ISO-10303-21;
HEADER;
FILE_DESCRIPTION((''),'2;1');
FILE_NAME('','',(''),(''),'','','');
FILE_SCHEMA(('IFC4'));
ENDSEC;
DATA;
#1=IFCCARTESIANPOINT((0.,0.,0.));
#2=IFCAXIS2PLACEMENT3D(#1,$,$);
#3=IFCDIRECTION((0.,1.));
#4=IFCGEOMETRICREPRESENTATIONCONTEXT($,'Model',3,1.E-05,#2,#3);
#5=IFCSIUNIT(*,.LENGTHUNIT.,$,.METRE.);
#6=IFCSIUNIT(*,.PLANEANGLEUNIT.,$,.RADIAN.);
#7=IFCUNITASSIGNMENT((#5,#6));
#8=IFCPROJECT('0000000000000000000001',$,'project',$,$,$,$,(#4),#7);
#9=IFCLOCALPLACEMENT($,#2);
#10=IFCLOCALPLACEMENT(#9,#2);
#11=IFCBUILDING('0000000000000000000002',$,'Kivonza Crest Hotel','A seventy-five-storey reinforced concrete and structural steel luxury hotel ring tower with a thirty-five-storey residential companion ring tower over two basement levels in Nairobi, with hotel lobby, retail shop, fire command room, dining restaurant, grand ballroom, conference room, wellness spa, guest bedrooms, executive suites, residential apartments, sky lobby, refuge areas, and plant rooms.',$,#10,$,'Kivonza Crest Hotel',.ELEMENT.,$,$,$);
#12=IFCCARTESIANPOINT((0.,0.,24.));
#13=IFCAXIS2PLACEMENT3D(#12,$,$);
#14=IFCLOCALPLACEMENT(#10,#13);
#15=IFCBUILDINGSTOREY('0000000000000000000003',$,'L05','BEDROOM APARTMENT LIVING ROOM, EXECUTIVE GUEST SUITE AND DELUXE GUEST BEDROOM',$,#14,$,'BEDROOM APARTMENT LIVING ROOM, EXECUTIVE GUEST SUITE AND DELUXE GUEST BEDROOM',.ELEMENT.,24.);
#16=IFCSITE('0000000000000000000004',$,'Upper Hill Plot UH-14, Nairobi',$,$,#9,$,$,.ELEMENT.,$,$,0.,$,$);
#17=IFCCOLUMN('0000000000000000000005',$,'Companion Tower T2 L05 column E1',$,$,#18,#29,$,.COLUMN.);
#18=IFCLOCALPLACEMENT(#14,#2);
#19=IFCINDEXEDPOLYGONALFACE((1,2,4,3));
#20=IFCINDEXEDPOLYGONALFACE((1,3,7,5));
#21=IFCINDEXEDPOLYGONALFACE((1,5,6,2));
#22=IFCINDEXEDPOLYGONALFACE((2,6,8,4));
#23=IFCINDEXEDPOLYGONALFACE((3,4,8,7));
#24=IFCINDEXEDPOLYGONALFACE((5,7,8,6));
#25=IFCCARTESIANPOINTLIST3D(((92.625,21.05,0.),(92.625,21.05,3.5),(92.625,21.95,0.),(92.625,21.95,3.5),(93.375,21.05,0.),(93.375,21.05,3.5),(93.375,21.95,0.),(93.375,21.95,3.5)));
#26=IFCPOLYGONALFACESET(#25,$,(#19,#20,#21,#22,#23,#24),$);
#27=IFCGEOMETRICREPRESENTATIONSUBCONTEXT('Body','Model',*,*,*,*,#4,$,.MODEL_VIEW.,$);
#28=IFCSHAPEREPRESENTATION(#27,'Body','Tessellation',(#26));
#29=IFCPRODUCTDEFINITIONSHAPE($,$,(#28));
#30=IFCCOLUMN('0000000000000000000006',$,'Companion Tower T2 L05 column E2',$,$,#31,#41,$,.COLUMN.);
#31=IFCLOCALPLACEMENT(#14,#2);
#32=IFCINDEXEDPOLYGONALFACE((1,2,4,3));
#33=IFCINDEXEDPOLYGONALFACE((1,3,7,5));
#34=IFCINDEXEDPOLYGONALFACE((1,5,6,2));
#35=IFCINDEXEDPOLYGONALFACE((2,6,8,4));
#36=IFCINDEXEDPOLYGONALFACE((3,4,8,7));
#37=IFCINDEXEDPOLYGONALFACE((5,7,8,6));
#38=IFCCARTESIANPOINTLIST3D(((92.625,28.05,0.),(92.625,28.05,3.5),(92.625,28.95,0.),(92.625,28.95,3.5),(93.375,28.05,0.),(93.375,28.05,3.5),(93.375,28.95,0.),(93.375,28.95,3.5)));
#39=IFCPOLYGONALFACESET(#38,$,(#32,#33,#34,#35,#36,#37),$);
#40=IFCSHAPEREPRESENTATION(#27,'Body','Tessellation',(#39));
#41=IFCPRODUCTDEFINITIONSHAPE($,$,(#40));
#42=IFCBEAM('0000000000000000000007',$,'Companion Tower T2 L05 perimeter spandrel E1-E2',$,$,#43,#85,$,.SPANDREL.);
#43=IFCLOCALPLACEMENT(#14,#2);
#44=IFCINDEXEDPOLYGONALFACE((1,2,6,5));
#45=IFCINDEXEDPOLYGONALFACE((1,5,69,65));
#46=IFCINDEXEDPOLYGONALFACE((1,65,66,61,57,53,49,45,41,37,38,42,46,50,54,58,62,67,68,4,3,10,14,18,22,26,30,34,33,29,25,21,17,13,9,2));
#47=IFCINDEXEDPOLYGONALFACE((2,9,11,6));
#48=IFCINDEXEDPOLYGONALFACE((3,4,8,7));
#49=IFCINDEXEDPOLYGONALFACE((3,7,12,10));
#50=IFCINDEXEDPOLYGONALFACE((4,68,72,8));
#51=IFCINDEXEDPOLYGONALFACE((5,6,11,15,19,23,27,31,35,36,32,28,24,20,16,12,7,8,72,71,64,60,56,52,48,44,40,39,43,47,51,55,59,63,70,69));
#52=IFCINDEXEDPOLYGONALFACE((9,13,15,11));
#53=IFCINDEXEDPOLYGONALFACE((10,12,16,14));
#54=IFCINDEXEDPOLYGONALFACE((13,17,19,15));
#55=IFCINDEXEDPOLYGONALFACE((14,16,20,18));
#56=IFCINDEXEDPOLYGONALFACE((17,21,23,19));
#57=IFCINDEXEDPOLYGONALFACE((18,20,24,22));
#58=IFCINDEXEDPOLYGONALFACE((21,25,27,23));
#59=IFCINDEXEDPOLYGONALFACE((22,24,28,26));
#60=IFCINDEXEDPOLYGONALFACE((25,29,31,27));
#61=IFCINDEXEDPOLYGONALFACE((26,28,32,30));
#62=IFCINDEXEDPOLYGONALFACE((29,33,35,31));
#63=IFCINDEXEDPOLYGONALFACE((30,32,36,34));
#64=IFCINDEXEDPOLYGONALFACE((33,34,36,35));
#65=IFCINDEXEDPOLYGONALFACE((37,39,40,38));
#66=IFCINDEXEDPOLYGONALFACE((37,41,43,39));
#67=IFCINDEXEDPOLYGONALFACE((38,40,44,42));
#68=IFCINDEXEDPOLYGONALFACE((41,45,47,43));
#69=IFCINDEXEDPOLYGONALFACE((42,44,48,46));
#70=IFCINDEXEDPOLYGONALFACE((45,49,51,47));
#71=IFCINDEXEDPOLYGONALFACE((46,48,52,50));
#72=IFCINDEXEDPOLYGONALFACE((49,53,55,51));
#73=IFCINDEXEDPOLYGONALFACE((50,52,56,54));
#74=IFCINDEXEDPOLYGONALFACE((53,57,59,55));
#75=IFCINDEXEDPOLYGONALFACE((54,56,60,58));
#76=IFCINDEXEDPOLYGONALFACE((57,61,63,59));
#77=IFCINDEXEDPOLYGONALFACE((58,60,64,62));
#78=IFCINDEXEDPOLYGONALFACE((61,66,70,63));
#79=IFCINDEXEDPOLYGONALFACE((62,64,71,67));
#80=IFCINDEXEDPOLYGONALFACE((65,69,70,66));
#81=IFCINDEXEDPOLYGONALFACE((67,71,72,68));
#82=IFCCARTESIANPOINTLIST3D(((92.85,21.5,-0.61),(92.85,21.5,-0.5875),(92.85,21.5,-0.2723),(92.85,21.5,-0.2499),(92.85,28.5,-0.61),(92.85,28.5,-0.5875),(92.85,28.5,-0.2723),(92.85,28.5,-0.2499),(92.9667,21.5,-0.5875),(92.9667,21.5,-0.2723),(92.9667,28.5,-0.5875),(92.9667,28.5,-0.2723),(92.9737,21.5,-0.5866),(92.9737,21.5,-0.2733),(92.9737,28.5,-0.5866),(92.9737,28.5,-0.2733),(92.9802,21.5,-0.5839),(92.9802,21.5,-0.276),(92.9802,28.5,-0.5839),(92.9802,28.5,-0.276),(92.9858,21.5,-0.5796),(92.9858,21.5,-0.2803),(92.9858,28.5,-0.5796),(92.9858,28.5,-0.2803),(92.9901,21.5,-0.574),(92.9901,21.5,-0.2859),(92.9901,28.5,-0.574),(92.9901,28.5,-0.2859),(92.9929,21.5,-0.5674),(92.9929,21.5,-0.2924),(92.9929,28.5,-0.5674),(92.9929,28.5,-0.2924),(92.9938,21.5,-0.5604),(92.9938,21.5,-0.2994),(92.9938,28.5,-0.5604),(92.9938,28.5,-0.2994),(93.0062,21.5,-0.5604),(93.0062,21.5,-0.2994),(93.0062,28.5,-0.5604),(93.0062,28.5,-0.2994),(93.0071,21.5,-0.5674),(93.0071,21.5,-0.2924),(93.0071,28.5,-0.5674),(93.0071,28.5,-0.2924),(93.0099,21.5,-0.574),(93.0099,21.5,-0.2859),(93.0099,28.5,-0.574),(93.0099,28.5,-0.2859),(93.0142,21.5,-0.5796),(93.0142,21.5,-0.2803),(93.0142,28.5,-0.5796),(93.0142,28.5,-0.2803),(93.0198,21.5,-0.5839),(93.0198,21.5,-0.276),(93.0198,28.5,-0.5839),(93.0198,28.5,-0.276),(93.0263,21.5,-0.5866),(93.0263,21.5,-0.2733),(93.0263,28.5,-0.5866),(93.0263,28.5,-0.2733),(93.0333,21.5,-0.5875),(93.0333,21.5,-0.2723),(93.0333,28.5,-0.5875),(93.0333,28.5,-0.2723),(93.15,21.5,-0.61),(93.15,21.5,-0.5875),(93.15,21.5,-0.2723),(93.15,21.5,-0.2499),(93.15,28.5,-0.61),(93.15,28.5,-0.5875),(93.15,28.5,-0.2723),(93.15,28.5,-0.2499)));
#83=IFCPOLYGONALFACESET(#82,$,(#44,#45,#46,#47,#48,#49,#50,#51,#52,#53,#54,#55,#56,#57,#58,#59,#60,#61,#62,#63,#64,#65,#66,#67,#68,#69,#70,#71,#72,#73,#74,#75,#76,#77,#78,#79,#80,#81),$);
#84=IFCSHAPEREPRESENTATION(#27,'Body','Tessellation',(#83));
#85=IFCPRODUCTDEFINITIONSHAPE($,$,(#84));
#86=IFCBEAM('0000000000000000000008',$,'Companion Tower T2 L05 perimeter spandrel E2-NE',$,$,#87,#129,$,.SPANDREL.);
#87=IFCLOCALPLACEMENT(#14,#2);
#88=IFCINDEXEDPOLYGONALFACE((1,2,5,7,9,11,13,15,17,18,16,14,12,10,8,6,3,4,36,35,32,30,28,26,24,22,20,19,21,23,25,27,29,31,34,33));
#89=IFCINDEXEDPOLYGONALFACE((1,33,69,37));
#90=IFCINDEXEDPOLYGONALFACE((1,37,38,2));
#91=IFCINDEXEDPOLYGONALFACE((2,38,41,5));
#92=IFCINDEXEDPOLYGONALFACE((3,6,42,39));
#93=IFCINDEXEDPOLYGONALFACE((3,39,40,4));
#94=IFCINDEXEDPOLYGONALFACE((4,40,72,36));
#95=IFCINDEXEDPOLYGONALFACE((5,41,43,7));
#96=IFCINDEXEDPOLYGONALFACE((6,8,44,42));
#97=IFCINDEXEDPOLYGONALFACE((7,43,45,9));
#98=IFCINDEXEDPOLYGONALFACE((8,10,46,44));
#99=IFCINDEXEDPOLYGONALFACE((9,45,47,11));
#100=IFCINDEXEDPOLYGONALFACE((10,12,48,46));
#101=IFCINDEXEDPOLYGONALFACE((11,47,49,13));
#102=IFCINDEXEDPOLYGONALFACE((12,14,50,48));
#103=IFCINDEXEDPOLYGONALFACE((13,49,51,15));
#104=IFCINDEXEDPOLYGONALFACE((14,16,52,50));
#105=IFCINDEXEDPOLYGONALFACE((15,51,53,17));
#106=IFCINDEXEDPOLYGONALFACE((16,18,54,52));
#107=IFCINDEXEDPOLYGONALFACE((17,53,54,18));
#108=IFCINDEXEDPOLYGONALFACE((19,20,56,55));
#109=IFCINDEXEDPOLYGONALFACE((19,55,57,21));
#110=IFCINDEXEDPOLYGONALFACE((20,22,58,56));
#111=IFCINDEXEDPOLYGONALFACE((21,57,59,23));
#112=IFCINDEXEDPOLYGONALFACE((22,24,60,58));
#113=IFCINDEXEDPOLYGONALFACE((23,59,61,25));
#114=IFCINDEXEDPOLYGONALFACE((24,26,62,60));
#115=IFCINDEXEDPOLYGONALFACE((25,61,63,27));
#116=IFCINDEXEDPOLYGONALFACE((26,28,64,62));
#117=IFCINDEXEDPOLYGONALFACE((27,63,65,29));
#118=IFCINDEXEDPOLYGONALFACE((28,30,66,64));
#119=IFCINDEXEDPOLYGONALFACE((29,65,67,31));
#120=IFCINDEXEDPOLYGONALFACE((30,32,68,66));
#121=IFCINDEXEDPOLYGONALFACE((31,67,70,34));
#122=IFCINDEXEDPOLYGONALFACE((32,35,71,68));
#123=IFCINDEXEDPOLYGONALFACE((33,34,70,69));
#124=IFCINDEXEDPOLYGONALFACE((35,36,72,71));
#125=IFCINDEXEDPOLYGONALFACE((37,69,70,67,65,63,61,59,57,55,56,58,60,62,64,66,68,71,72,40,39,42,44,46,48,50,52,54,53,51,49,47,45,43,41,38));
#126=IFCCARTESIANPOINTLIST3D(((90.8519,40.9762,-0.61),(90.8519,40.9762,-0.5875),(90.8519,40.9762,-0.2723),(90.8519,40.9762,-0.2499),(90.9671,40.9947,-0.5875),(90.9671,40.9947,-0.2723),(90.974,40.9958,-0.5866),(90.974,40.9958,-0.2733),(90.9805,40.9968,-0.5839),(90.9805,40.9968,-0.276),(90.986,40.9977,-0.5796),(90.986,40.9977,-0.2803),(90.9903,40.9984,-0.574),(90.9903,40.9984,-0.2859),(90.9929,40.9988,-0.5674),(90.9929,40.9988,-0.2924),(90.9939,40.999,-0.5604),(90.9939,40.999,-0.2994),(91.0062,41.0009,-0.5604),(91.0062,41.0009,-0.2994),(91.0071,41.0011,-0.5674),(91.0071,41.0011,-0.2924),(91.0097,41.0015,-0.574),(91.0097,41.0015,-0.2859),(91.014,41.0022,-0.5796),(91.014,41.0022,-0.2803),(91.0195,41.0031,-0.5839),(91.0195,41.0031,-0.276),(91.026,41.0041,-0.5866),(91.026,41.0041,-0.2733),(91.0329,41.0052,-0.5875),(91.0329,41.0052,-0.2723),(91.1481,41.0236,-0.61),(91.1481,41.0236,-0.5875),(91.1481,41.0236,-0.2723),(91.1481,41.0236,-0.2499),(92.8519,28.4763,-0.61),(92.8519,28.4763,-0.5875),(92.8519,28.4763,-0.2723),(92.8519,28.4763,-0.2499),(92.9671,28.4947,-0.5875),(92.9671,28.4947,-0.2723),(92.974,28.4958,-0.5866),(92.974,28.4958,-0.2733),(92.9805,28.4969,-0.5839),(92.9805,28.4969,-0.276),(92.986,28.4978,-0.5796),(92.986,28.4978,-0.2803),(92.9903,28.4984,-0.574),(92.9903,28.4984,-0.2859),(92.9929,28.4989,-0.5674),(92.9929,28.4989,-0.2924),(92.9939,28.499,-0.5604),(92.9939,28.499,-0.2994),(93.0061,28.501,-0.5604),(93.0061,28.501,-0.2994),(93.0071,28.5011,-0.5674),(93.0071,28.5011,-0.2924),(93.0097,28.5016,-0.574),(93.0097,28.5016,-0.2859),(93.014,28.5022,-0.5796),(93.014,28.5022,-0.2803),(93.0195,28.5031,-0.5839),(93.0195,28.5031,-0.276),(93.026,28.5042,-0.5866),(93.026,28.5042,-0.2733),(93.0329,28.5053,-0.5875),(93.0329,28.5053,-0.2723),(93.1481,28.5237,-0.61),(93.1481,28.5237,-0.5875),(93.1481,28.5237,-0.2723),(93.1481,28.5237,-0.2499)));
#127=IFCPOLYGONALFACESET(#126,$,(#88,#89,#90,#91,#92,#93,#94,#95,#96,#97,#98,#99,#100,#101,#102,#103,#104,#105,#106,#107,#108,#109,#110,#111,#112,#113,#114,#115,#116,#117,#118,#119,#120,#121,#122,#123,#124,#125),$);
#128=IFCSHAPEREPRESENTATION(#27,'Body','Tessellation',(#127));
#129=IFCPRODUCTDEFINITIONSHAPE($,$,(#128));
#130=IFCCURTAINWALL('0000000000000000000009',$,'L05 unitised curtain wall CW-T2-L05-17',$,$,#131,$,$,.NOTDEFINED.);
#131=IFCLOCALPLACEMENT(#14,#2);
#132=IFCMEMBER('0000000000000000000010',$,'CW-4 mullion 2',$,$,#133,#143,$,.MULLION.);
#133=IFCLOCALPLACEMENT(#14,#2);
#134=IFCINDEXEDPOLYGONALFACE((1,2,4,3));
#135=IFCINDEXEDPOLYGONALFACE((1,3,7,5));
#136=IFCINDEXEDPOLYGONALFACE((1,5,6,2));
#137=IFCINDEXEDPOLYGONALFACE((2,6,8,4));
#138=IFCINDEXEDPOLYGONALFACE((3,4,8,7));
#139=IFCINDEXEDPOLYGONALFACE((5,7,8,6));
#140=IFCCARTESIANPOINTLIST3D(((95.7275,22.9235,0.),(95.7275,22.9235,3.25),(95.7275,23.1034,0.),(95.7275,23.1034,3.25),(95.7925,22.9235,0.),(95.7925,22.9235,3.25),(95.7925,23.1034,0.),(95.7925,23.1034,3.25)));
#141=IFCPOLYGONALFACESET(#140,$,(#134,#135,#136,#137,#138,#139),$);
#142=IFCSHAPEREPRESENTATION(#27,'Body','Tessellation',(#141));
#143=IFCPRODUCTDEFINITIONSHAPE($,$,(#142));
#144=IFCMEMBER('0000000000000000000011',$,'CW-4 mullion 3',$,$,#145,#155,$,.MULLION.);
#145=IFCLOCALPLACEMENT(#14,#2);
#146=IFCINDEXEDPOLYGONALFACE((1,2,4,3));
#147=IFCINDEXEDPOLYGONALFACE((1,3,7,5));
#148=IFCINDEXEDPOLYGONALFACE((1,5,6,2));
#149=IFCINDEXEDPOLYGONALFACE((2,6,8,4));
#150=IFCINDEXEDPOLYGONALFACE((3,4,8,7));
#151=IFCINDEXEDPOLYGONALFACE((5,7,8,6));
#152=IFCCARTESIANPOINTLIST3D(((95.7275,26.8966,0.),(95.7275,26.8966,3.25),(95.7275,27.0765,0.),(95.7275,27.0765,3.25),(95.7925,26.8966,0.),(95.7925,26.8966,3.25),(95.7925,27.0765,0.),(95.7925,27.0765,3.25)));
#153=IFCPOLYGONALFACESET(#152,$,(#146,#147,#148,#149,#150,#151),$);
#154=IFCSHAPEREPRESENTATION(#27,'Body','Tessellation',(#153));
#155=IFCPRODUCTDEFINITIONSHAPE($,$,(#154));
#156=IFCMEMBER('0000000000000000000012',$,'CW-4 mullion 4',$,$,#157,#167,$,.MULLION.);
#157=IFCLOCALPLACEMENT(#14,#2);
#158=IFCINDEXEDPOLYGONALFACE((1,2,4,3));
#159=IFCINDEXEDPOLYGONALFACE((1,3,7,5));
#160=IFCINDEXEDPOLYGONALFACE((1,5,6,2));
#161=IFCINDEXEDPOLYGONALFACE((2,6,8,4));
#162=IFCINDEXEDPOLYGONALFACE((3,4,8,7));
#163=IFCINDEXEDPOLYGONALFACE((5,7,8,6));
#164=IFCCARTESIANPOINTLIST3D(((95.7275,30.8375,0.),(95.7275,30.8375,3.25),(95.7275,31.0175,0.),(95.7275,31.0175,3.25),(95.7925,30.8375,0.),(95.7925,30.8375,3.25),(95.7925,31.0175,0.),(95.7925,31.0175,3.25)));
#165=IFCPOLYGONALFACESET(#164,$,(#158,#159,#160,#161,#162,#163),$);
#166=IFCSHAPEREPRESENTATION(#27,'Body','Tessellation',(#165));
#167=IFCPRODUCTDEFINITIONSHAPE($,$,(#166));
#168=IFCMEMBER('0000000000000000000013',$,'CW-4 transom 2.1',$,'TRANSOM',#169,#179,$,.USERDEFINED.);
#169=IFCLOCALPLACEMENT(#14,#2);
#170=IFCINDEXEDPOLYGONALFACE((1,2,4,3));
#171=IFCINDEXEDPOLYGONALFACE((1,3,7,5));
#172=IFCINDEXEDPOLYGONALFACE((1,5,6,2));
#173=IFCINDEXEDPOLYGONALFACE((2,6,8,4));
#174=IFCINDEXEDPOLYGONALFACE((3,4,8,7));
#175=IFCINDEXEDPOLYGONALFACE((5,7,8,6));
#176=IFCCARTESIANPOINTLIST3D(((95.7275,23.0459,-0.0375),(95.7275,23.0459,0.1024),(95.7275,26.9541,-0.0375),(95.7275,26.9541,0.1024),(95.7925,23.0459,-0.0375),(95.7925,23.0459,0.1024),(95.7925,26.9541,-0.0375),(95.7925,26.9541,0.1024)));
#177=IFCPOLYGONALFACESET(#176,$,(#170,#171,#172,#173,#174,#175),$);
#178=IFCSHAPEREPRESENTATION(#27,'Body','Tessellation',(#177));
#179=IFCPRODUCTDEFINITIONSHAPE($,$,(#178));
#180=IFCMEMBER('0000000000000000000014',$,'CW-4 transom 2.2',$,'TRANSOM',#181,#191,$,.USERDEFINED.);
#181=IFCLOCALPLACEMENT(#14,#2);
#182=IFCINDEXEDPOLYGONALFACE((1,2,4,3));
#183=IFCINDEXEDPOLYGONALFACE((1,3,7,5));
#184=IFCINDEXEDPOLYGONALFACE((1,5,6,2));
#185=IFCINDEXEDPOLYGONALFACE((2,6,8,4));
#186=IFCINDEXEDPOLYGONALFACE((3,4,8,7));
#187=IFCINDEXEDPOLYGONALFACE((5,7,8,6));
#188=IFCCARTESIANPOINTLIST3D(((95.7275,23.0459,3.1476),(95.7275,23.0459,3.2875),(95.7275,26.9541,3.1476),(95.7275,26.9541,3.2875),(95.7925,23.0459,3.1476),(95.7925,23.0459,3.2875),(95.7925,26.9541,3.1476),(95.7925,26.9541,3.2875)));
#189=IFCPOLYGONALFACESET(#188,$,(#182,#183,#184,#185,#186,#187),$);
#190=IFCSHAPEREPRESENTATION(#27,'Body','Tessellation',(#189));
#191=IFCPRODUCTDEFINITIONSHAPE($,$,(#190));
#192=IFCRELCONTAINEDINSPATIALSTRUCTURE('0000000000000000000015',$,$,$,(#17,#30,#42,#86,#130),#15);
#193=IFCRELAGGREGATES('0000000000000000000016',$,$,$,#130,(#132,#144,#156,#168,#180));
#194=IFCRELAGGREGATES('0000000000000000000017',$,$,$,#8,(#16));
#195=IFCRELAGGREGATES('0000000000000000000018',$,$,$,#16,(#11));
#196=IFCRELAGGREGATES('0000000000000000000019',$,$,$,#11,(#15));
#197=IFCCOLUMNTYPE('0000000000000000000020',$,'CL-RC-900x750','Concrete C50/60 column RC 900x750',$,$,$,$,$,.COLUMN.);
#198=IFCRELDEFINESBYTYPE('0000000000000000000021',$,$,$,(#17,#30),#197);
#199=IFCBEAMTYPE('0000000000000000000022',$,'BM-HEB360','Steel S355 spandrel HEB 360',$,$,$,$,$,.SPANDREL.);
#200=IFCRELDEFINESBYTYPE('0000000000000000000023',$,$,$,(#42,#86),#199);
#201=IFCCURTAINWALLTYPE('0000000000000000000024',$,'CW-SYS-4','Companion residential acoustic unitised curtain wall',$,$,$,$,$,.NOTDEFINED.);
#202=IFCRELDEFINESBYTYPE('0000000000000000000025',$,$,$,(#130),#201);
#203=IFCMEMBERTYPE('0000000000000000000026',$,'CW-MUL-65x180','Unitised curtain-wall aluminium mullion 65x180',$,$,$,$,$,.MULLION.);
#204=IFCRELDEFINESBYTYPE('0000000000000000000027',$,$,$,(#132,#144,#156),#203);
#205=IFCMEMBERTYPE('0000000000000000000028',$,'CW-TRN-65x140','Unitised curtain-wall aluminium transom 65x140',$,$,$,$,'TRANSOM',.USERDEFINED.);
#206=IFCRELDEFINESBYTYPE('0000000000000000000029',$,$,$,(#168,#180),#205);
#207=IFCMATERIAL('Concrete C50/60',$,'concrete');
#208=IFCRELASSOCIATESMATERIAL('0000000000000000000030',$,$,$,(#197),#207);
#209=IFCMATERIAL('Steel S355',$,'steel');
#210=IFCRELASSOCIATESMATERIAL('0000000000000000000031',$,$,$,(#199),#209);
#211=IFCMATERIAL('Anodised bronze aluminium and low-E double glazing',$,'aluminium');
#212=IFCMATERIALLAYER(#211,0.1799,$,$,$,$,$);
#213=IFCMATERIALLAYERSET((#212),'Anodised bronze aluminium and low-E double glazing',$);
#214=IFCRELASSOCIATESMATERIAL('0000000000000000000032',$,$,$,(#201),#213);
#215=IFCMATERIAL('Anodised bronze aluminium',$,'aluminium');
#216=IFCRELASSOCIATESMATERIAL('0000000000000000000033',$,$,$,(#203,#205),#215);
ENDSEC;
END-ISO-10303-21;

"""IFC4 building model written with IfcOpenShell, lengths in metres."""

from ifc_helpers import new_model, si_unit, direction, frame, origin, origin_2d, place, context, subcontext, project, spatial, rectangle, i_section, extrude, material, layer, layer_set, material_profile, profile_set, type_object, element, aggregate, save


model = new_model("IFC4")

# Units and contexts
model_context = context("Model", 3, precision=1e-05, world=origin(), true_north=direction((0.0, 1.0)))
body_context = subcontext(model_context, "Body", "Model", "MODEL_VIEW")
ifc_project = project(units=[si_unit("LENGTHUNIT", "METRE"), si_unit("PLANEANGLEUNIT", "RADIAN")], contexts=[model_context])

# Site, building, storey
site_placement = place(None, origin())
site = spatial("IfcSite", under=ifc_project, at=site_placement, Name="Upper Hill Plot UH-14, Nairobi", CompositionType="ELEMENT", RefElevation=0.0)
building_placement = place(site_placement, origin())
building = spatial("IfcBuilding", under=site, at=building_placement, Name="Kivonza Crest Hotel", Description="A seventy-five-storey reinforced concrete and structural steel luxury hotel ring tower with a thirty-five-storey residential companion ring tower over two basement levels in Nairobi, with hotel lobby, retail shop, fire command room, dining restaurant, grand ballroom, conference room, wellness spa, guest bedrooms, executive suites, residential apartments, sky lobby, refuge areas, and plant rooms.", LongName="Kivonza Crest Hotel", CompositionType="ELEMENT")
storey_placement = place(building_placement, frame((0.0, 0.0, 24.0)))
storey = spatial("IfcBuildingStorey", under=building, at=storey_placement, Name="L05", Description="BEDROOM APARTMENT LIVING ROOM, EXECUTIVE GUEST SUITE AND DELUXE GUEST BEDROOM", LongName="BEDROOM APARTMENT LIVING ROOM, EXECUTIVE GUEST SUITE AND DELUXE GUEST BEDROOM", CompositionType="ELEMENT", Elevation=24.0)

# Columns
ifc_material_1 = material(Name="Concrete C50/60", Category="concrete")
ifc_material_profile_1 = material_profile(ifc_material_1, rectangle(XDim=0.75, YDim=0.8999, at=origin_2d()), Name="RC 900x750")
ifc_profile_set_1 = profile_set([ifc_material_profile_1], Name="Concrete C50/60")
column_type = type_object("IfcColumnType", Name="CL-RC-900x750", Description="Concrete C50/60 column RC 900x750", PredefinedType="COLUMN", material=ifc_profile_set_1)
for number, where, z_axis, x_axis, name in (
    (1, (93.0, 21.5, 0.0), (0.0, 0.0, 1.0), (1.0, 0.0, 0.0), "Companion Tower T2 L05 column E1"),
    (2, (93.0, 28.5, 0.0), (0.0, 0.0, 1.0), (1.0, 0.0, 0.0), "Companion Tower T2 L05 column E2"),
):
    element("IfcColumn", number, at=place(storey_placement, frame(where, z_axis=z_axis, x_axis=x_axis)), inside=storey, type_object=column_type, Name=name, PredefinedType="COLUMN", context=body_context, shape_type="SweptSolid", body=[
        extrude(rectangle(XDim=0.75, YDim=0.8999, at=origin_2d()), origin(), (0.0, 0.0, 1.0), 3.5),
    ])

# Beams
ifc_material_2 = material(Name="Steel S355", Category="steel")
ifc_material_profile_2 = material_profile(ifc_material_2, i_section(OverallWidth=0.3, OverallDepth=0.3601, WebThickness=0.0125, FlangeThickness=0.0225, FilletRadius=0.0271, at=origin_2d()), Name="HEB 360")
ifc_profile_set_2 = profile_set([ifc_material_profile_2], Name="Steel S355")
beam_type = type_object("IfcBeamType", Name="BM-HEB360", Description="Steel S355 spandrel HEB 360", PredefinedType="SPANDREL", material=ifc_profile_set_2)
beam_1_placement = place(storey_placement, frame((93.0, 21.5, -0.4299), z_axis=(0.0, 1.0, 0.0), x_axis=(-1.0, 0.0, 0.0)))
element("IfcBeam", 3, at=beam_1_placement, inside=storey, type_object=beam_type, Name="Companion Tower T2 L05 perimeter spandrel E1-E2", PredefinedType="SPANDREL", context=body_context, shape_type="SweptSolid", body=[
    extrude(i_section(OverallWidth=0.3, OverallDepth=0.3601, WebThickness=0.0125, FlangeThickness=0.0225, FilletRadius=0.0271, at=origin_2d()), origin(), (0.0, 0.0, 1.0), 7.0),
])
beam_2_placement = place(storey_placement, frame((93.0, 28.5, -0.4299), z_axis=(-0.157991, 0.987441, 0.0), x_axis=(-0.987441, -0.157991, 0.0)))
element("IfcBeam", 4, at=beam_2_placement, inside=storey, type_object=beam_type, Name="Companion Tower T2 L05 perimeter spandrel E2-NE", PredefinedType="SPANDREL", context=body_context, shape_type="SweptSolid", body=[
    extrude(i_section(OverallWidth=0.3, OverallDepth=0.3601, WebThickness=0.0125, FlangeThickness=0.0225, FilletRadius=0.0271, at=origin_2d()), origin(), (0.0, 0.0, 1.0), 12.6589),
])

# Curtain wall, members
ifc_material_3 = material(Name="Anodised bronze aluminium and low-E double glazing", Category="aluminium")
ifc_layer_1 = layer(ifc_material_3, 0.1799)
ifc_layer_set_1 = layer_set([ifc_layer_1], Name="Anodised bronze aluminium and low-E double glazing")
curtain_wall_type = type_object("IfcCurtainWallType", Name="CW-SYS-4", Description="Companion residential acoustic unitised curtain wall", PredefinedType="NOTDEFINED", material=ifc_layer_set_1)
curtain_wall_placement = place(storey_placement, origin())
curtain_wall = element("IfcCurtainWall", 5, at=curtain_wall_placement, inside=storey, type_object=curtain_wall_type, Name="L05 unitised curtain wall CW-T2-L05-17", PredefinedType="NOTDEFINED")
ifc_material_4 = material(Name="Anodised bronze aluminium", Category="aluminium")
ifc_material_profile_3 = material_profile(ifc_material_4, rectangle(XDim=0.0649, YDim=0.1799, at=origin_2d()), Name="CW-M 65x180")
ifc_profile_set_3 = profile_set([ifc_material_profile_3], Name="Anodised bronze aluminium")
member_type_1 = type_object("IfcMemberType", Name="CW-MUL-65x180", Description="Unitised curtain-wall aluminium mullion 65x180", PredefinedType="MULLION", material=ifc_profile_set_3)
member_1_placement = place(storey_placement, frame((95.76, 23.0134, 0.0), z_axis=(0.0, 0.0, 1.0), x_axis=(-1.0, 0.0, 0.0)))
member_1 = element("IfcMember", 6, at=member_1_placement, type_object=member_type_1, Name="CW-4 mullion 2", PredefinedType="MULLION", context=body_context, shape_type="SweptSolid", body=[
    extrude(rectangle(XDim=0.0649, YDim=0.1799, at=origin_2d()), origin(), (0.0, 0.0, 1.0), 3.25),
])
member_2_placement = place(storey_placement, frame((95.76, 26.9866, 0.0), z_axis=(0.0, 0.0, 1.0), x_axis=(-1.0, 0.0, 0.0)))
member_2 = element("IfcMember", 7, at=member_2_placement, type_object=member_type_1, Name="CW-4 mullion 3", PredefinedType="MULLION", context=body_context, shape_type="SweptSolid", body=[
    extrude(rectangle(XDim=0.0649, YDim=0.1799, at=origin_2d()), origin(), (0.0, 0.0, 1.0), 3.25),
])
member_3_placement = place(storey_placement, frame((95.76, 30.9275, 0.0), z_axis=(0.0, 0.0, 1.0), x_axis=(-1.0, 0.0, 0.0)))
member_3 = element("IfcMember", 8, at=member_3_placement, type_object=member_type_1, Name="CW-4 mullion 4", PredefinedType="MULLION", context=body_context, shape_type="SweptSolid", body=[
    extrude(rectangle(XDim=0.0649, YDim=0.1799, at=origin_2d()), origin(), (0.0, 0.0, 1.0), 3.25),
])
ifc_material_profile_4 = material_profile(ifc_material_4, rectangle(XDim=0.0649, YDim=0.1399, at=origin_2d()), Name="CW-T 65x140")
ifc_profile_set_4 = profile_set([ifc_material_profile_4], Name="Anodised bronze aluminium")
member_type_2 = type_object("IfcMemberType", Name="CW-TRN-65x140", Description="Unitised curtain-wall aluminium transom 65x140", ElementType="TRANSOM", PredefinedType="USERDEFINED", material=ifc_profile_set_4)
member_4_placement = place(storey_placement, frame((95.76, 23.0459, 0.0325), z_axis=(0.0, 1.0, 0.0), x_axis=(-1.0, 0.0, 0.0)))
member_4 = element("IfcMember", 9, at=member_4_placement, type_object=member_type_2, Name="CW-4 transom 2.1", ObjectType="TRANSOM", PredefinedType="USERDEFINED", context=body_context, shape_type="SweptSolid", body=[
    extrude(rectangle(XDim=0.0649, YDim=0.1399, at=origin_2d()), origin(), (0.0, 0.0, 1.0), 3.9082),
])
member_5_placement = place(storey_placement, frame((95.76, 23.0459, 3.2175), z_axis=(0.0, 1.0, 0.0), x_axis=(-1.0, 0.0, 0.0)))
member_5 = element("IfcMember", 10, at=member_5_placement, type_object=member_type_2, Name="CW-4 transom 2.2", ObjectType="TRANSOM", PredefinedType="USERDEFINED", context=body_context, shape_type="SweptSolid", body=[
    extrude(rectangle(XDim=0.0649, YDim=0.1399, at=origin_2d()), origin(), (0.0, 0.0, 1.0), 3.9082),
])
aggregate(curtain_wall, [member_1, member_2, member_3, member_4, member_5])

save(model, "model.ifc")
